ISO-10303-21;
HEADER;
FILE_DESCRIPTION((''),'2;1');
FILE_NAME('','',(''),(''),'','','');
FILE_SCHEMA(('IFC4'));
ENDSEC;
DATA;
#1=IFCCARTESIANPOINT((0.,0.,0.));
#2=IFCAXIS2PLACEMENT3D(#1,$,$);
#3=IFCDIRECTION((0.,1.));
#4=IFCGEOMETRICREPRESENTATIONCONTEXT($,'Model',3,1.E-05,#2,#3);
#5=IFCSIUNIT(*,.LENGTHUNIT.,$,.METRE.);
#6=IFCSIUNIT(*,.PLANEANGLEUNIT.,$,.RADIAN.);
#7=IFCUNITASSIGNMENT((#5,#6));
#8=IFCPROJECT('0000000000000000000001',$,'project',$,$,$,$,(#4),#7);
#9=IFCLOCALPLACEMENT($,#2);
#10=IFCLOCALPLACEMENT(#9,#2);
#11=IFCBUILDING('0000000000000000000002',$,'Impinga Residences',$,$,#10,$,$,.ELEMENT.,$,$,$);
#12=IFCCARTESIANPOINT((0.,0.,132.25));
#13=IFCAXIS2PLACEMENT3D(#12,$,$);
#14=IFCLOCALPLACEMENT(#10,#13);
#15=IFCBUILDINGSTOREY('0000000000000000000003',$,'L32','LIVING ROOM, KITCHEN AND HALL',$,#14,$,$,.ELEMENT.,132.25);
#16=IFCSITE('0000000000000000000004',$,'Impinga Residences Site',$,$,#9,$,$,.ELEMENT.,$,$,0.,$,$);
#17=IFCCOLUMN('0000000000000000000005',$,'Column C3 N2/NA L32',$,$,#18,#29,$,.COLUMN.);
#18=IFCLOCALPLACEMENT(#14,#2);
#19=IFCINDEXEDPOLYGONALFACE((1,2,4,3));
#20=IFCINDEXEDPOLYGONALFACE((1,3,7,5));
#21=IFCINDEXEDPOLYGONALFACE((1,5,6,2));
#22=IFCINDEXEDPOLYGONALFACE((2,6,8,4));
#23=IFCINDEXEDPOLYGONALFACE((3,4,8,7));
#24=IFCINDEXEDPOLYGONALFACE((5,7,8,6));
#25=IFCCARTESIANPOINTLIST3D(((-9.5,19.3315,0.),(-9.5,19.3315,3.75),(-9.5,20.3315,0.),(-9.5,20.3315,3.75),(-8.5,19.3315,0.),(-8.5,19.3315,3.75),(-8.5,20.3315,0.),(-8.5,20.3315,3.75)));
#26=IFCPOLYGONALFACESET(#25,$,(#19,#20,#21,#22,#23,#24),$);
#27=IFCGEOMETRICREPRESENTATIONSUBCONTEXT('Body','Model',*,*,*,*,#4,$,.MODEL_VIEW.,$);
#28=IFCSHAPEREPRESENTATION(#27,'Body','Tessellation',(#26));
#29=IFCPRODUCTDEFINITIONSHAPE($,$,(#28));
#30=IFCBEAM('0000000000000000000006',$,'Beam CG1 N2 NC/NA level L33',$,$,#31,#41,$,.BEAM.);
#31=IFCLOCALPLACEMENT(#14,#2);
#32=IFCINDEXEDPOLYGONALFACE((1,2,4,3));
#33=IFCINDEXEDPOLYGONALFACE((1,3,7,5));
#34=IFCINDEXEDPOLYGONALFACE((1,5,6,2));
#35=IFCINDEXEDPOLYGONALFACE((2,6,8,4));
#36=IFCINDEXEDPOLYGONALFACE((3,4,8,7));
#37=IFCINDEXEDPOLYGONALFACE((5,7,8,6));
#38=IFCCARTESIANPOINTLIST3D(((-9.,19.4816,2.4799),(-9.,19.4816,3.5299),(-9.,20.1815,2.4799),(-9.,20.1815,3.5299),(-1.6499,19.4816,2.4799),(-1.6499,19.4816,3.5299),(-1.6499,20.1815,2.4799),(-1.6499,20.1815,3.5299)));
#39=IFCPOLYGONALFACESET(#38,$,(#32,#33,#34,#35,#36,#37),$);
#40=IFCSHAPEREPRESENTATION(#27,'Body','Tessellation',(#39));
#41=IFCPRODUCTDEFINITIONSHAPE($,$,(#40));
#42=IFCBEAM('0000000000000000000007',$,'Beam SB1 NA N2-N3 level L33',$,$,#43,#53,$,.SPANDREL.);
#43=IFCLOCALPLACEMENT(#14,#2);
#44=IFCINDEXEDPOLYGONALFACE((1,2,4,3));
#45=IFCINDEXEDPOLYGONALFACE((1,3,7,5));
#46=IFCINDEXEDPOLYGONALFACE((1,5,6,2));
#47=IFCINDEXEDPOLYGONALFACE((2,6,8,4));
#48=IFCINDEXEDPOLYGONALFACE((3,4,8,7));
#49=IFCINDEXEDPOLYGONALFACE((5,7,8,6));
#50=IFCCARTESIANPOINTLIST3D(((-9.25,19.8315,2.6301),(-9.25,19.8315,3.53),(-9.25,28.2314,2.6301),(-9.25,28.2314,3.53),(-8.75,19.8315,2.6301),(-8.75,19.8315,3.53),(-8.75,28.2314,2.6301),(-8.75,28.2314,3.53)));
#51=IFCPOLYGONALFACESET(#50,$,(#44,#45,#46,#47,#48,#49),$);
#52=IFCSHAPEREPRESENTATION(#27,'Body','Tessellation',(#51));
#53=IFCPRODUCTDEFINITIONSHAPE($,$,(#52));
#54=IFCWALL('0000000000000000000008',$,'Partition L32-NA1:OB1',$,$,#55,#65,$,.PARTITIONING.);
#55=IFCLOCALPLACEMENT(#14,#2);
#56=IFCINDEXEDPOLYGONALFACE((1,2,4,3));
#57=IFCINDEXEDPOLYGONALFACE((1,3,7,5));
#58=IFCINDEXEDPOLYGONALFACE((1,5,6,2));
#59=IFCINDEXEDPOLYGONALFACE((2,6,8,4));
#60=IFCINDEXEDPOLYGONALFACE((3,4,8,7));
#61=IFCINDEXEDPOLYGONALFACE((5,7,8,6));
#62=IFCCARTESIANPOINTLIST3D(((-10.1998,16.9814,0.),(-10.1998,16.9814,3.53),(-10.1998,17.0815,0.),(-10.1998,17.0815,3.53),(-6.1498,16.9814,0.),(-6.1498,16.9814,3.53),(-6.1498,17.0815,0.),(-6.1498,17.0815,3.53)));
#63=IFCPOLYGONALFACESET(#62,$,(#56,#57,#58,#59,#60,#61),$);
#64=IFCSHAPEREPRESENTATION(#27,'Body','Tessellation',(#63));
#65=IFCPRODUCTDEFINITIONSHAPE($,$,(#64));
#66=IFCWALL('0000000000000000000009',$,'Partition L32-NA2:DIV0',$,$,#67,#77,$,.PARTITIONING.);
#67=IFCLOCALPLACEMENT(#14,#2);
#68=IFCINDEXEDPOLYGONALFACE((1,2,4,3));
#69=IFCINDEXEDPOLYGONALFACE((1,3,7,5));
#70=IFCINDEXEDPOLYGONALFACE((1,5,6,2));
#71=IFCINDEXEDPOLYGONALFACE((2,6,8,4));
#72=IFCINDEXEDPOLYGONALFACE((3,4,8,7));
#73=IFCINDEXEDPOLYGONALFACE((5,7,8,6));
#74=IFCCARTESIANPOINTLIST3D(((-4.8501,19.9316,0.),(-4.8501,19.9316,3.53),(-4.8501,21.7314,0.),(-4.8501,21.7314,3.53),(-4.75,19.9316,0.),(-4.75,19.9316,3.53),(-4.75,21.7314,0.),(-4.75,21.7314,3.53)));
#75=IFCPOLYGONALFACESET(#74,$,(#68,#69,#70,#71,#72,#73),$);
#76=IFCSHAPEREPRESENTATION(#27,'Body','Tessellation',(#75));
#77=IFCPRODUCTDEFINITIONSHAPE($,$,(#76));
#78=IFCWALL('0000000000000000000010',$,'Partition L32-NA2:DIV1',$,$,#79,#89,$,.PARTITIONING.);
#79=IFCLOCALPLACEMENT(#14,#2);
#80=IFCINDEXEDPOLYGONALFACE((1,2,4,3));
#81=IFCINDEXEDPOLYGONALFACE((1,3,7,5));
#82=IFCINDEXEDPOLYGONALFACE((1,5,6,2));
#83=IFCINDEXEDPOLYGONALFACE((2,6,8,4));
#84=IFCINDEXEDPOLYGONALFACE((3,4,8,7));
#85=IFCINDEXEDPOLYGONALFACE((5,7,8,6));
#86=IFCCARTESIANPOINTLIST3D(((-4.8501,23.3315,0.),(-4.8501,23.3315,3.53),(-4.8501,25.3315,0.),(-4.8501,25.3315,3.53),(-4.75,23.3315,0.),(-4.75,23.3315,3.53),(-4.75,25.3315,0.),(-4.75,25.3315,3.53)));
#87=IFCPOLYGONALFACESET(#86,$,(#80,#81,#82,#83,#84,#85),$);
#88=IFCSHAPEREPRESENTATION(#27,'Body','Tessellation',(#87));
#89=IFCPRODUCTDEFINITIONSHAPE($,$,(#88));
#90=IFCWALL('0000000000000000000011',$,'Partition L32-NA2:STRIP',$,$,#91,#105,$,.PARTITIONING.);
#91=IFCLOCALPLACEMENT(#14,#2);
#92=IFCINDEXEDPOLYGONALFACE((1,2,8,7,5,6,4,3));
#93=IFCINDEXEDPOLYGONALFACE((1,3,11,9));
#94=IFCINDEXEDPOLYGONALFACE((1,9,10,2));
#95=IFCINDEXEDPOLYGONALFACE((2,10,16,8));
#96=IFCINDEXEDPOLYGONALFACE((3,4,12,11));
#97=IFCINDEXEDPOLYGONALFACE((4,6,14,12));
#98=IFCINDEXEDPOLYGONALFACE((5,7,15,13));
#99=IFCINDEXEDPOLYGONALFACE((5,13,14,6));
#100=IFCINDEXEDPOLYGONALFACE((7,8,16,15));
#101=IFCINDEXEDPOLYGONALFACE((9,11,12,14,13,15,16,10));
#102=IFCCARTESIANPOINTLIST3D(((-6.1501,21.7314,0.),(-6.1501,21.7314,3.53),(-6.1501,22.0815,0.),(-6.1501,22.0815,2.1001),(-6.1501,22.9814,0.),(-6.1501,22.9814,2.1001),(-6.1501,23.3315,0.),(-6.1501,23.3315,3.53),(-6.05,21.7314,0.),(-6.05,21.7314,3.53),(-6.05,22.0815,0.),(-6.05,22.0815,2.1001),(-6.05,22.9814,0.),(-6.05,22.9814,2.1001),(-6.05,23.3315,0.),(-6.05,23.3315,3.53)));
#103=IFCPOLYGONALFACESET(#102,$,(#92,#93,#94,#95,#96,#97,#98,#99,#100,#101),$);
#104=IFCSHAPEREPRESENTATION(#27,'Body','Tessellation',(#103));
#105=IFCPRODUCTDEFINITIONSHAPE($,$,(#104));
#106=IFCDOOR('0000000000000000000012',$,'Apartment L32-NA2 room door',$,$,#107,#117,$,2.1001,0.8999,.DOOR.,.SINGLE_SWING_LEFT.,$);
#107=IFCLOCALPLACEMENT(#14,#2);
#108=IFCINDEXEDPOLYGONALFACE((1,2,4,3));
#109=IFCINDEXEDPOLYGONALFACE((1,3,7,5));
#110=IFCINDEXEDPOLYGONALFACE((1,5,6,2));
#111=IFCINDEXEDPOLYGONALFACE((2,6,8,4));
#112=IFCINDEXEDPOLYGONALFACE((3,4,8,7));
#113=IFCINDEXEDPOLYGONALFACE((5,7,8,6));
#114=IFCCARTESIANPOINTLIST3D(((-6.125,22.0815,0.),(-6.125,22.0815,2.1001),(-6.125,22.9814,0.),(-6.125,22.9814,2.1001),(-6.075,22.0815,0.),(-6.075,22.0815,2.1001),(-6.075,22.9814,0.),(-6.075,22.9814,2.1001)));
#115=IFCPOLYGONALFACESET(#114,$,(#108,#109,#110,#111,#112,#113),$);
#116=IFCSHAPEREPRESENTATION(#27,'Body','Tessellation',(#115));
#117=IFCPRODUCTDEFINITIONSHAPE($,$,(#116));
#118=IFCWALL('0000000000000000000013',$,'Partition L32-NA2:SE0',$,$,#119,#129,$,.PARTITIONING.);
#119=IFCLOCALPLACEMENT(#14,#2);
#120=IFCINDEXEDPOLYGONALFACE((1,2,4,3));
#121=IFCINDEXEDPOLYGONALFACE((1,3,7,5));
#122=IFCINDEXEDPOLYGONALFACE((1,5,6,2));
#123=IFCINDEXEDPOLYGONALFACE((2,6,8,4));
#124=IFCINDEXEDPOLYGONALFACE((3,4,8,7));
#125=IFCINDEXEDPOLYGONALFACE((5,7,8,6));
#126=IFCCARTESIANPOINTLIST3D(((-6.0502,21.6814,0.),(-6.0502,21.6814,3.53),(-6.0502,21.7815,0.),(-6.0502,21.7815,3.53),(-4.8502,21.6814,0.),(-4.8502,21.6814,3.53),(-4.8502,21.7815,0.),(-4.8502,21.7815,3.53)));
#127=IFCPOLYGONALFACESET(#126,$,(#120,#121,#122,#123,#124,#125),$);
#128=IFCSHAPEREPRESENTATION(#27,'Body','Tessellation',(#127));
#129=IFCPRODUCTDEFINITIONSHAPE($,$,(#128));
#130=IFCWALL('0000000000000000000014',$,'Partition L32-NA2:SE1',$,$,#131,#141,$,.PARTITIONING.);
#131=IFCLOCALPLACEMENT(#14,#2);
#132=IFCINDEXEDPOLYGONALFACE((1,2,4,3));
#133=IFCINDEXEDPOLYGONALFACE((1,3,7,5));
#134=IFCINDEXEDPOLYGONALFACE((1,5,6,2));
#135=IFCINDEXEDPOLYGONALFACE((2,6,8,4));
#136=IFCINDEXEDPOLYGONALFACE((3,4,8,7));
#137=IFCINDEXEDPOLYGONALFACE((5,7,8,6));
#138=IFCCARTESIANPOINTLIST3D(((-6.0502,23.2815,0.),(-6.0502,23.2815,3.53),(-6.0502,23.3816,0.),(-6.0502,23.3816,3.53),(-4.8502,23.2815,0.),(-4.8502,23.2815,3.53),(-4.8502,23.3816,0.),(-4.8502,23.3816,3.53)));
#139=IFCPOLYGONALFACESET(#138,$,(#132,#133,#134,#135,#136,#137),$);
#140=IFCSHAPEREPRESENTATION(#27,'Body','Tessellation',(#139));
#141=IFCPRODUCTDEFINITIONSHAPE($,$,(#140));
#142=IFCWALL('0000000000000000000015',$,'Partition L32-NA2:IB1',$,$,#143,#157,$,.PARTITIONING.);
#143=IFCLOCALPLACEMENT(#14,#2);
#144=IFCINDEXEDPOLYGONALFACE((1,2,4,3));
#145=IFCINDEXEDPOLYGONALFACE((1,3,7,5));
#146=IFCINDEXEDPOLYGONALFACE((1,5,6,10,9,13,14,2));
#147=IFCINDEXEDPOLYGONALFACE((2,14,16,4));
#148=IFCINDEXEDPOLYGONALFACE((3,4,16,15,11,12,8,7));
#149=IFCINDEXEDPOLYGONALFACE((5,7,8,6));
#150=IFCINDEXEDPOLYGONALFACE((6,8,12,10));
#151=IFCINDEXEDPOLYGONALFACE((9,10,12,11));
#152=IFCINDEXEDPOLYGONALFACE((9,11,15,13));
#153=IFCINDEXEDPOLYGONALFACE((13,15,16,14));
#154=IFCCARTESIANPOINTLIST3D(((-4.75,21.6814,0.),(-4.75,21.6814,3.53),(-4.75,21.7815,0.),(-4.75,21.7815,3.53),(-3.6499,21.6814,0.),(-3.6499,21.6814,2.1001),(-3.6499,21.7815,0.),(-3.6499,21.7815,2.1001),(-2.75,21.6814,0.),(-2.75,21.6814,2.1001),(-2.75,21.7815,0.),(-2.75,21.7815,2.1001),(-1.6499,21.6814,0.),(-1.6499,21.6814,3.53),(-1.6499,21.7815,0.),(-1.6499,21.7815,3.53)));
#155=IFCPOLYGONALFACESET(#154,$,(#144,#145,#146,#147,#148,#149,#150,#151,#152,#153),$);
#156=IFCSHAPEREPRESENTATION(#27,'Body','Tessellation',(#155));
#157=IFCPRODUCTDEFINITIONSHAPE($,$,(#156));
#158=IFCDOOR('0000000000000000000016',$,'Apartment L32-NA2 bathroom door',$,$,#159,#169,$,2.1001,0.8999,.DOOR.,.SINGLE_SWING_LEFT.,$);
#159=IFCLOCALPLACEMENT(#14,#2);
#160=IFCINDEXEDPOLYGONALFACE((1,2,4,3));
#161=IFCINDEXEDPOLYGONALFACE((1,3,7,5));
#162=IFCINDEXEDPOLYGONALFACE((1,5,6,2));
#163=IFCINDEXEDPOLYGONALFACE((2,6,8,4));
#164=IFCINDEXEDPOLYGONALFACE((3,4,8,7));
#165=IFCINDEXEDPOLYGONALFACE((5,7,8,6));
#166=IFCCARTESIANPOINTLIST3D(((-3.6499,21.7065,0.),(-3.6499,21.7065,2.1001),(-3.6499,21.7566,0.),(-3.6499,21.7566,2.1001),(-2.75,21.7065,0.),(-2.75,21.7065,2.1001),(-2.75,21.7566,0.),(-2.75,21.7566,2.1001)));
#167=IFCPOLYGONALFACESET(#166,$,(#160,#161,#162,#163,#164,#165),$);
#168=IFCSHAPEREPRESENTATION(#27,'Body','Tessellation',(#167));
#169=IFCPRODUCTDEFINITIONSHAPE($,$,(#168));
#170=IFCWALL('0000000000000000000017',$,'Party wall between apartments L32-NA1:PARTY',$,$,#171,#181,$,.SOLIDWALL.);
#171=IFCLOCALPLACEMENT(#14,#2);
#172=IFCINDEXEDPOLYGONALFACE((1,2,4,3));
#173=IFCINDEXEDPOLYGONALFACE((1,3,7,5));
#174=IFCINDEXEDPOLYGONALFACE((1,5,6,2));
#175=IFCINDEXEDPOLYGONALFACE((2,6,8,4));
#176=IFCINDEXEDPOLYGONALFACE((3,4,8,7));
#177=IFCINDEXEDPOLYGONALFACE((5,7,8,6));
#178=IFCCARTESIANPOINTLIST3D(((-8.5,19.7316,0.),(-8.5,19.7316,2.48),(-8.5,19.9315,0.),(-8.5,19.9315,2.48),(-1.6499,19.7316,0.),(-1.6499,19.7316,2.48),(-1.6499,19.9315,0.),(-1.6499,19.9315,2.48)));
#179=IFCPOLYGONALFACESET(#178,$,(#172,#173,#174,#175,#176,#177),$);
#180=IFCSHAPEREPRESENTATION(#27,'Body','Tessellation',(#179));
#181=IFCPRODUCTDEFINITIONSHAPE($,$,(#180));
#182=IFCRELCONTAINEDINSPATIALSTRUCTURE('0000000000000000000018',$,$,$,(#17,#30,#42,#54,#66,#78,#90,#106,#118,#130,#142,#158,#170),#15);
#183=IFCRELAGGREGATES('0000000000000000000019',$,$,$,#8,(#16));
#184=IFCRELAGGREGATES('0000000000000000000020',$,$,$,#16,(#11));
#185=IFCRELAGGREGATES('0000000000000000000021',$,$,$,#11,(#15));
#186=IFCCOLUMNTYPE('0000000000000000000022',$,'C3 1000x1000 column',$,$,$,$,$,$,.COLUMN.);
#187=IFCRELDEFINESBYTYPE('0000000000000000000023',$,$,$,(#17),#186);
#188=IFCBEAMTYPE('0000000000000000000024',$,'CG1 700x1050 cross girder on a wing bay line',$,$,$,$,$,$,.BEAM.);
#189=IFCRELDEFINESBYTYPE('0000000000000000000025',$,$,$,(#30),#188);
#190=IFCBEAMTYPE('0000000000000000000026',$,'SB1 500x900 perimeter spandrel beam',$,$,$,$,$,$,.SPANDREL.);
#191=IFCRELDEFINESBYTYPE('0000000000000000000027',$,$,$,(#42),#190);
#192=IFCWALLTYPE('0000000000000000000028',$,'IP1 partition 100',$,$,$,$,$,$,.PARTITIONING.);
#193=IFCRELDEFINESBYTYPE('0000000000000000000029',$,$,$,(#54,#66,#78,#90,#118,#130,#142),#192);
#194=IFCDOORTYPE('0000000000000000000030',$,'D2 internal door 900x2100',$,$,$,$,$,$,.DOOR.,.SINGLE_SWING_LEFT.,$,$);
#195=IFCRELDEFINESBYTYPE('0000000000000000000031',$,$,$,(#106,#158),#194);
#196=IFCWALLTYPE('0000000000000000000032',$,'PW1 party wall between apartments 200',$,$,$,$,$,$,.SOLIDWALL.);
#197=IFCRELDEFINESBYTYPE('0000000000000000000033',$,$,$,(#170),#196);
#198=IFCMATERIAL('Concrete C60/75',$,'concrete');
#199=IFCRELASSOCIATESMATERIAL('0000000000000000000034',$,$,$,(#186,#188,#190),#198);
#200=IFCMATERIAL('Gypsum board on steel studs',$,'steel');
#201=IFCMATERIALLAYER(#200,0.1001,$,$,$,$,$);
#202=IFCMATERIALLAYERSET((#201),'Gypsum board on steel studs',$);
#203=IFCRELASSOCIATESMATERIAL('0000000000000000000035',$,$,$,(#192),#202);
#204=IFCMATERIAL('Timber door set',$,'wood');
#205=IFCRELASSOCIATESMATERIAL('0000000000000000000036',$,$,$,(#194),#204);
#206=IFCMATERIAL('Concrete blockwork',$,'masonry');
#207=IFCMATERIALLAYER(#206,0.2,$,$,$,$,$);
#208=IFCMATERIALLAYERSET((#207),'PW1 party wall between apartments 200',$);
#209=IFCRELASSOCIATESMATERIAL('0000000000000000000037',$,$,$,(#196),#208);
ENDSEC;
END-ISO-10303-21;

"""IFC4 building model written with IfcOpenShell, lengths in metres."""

from ifc_helpers import new_model, si_unit, direction, frame, frame_2d, origin, origin_2d, place, context, subcontext, project, spatial, rectangle, extrude, material, layer, layer_set, material_profile, profile_set, type_object, element, fill, save


model = new_model("IFC4")

# Units and contexts
model_context = context("Model", 3, precision=1e-05, world=origin(), true_north=direction((0.0, 1.0)))
body_context = subcontext(model_context, "Body", "Model", "MODEL_VIEW")
ifc_project = project(units=[si_unit("LENGTHUNIT", "METRE"), si_unit("PLANEANGLEUNIT", "RADIAN")], contexts=[model_context])

# Site, building, storey
site_placement = place(None, origin())
site = spatial("IfcSite", under=ifc_project, at=site_placement, Name="Impinga Residences Site", CompositionType="ELEMENT", RefElevation=0.0)
building_placement = place(site_placement, origin())
building = spatial("IfcBuilding", under=site, at=building_placement, Name="Impinga Residences", CompositionType="ELEMENT")
storey_placement = place(building_placement, frame((0.0, 0.0, 132.25)))
storey = spatial("IfcBuildingStorey", under=building, at=storey_placement, Name="L32", Description="LIVING ROOM, KITCHEN AND HALL", CompositionType="ELEMENT", Elevation=132.25)

# Column
ifc_material_1 = material(Name="Concrete C60/75", Category="concrete")
ifc_material_profile_1 = material_profile(ifc_material_1, rectangle(XDim=1.0, YDim=1.0, at=origin_2d()), Name="RC 1000x1000")
ifc_profile_set_1 = profile_set([ifc_material_profile_1], Name="Concrete C60/75")
column_type = type_object("IfcColumnType", Name="C3 1000x1000 column", PredefinedType="COLUMN", material=ifc_profile_set_1)
column_placement = place(storey_placement, frame((-9.0, 19.8315, 0.0), z_axis=(0.0, 0.0, 1.0), x_axis=(1.0, 0.0, 0.0)))
element("IfcColumn", 1, at=column_placement, inside=storey, type_object=column_type, Name="Column C3 N2/NA L32", PredefinedType="COLUMN", context=body_context, shape_type="SweptSolid", body=[
    extrude(rectangle(XDim=1.0, YDim=1.0, at=origin_2d()), origin(), (0.0, 0.0, 1.0), 3.75),
])

# Beams
ifc_material_profile_2 = material_profile(ifc_material_1, rectangle(XDim=0.7, YDim=1.05, at=origin_2d()), Name="RC 700x1050")
ifc_profile_set_2 = profile_set([ifc_material_profile_2], Name="Concrete C60/75")
beam_type_1 = type_object("IfcBeamType", Name="CG1 700x1050 cross girder on a wing bay line", PredefinedType="BEAM", material=ifc_profile_set_2)
beam_1_placement = place(storey_placement, frame((-1.6499, 19.8315, 3.0049), z_axis=(-1.0, 0.0, 0.0), x_axis=(0.0, -1.0, 0.0)))
element("IfcBeam", 2, at=beam_1_placement, inside=storey, type_object=beam_type_1, Name="Beam CG1 N2 NC/NA level L33", PredefinedType="BEAM", context=body_context, shape_type="SweptSolid", body=[
    extrude(rectangle(XDim=0.7, YDim=1.05, at=origin_2d()), origin(), (0.0, 0.0, 1.0), 7.3501),
])
ifc_material_profile_3 = material_profile(ifc_material_1, rectangle(XDim=0.5, YDim=0.8999, at=origin_2d()), Name="RC 500x900")
ifc_profile_set_3 = profile_set([ifc_material_profile_3], Name="Concrete C60/75")
beam_type_2 = type_object("IfcBeamType", Name="SB1 500x900 perimeter spandrel beam", PredefinedType="SPANDREL", material=ifc_profile_set_3)
beam_2_placement = place(storey_placement, frame((-9.0, 19.8315, 3.0801), z_axis=(0.0, 1.0, 0.0), x_axis=(-1.0, 0.0, 0.0)))
element("IfcBeam", 3, at=beam_2_placement, inside=storey, type_object=beam_type_2, Name="Beam SB1 NA N2-N3 level L33", PredefinedType="SPANDREL", context=body_context, shape_type="SweptSolid", body=[
    extrude(rectangle(XDim=0.5, YDim=0.8999, at=origin_2d()), origin(), (0.0, 0.0, 1.0), 8.3999),
])

# Walls
ifc_material_2 = material(Name="Gypsum board on steel studs", Category="steel")
ifc_layer_1 = layer(ifc_material_2, 0.1001)
ifc_layer_set_1 = layer_set([ifc_layer_1], Name="Gypsum board on steel studs")
wall_type_1 = type_object("IfcWallType", Name="IP1 partition 100", PredefinedType="PARTITIONING", material=ifc_layer_set_1)
wall_1_placement = place(storey_placement, frame((-6.1499, 17.0315, 0.0), z_axis=(0.0, 0.0, 1.0), x_axis=(-1.0, 0.0, 0.0)))
element("IfcWall", 4, at=wall_1_placement, inside=storey, type_object=wall_type_1, Name="Partition L32-NA1:OB1", PredefinedType="PARTITIONING", context=body_context, shape_type="SweptSolid", body=[
    extrude(rectangle(XDim=4.05, YDim=0.1001, at=frame_2d((2.0249, 0.0))), origin(), (0.0, 0.0, 1.0), 3.53),
])
wall_2_placement = place(storey_placement, frame((-4.8, 19.9316, 0.0), z_axis=(0.0, 0.0, 1.0), x_axis=(0.0, 1.0, 0.0)))
element("IfcWall", 5, at=wall_2_placement, inside=storey, type_object=wall_type_1, Name="Partition L32-NA2:DIV0", PredefinedType="PARTITIONING", context=body_context, shape_type="SweptSolid", body=[
    extrude(rectangle(XDim=1.7998, YDim=0.1001, at=frame_2d((0.8999, 0.0))), origin(), (0.0, 0.0, 1.0), 3.53),
])
wall_3_placement = place(storey_placement, frame((-4.8, 23.3315, 0.0), z_axis=(0.0, 0.0, 1.0), x_axis=(0.0, 1.0, 0.0)))
element("IfcWall", 6, at=wall_3_placement, inside=storey, type_object=wall_type_1, Name="Partition L32-NA2:DIV1", PredefinedType="PARTITIONING", context=body_context, shape_type="SweptSolid", body=[
    extrude(rectangle(XDim=2.0, YDim=0.1001, at=frame_2d((1.0, 0.0))), origin(), (0.0, 0.0, 1.0), 3.53),
])

# Wall, opening, door
wall_4_placement = place(storey_placement, frame((-6.1001, 21.7314, 0.0), z_axis=(0.0, 0.0, 1.0), x_axis=(0.0, 1.0, 0.0)))
wall_4 = element("IfcWall", 7, at=wall_4_placement, inside=storey, type_object=wall_type_1, Name="Partition L32-NA2:STRIP", PredefinedType="PARTITIONING", context=body_context, shape_type="SweptSolid", body=[
    extrude(rectangle(XDim=1.6001, YDim=0.1001, at=frame_2d((0.8, 0.0))), origin(), (0.0, 0.0, 1.0), 3.53),
])
opening_1_placement = place(wall_4_placement, frame((0.3501, 0.0, 0.0)))
opening_1 = element("IfcOpeningElement", 8, at=opening_1_placement, cuts=wall_4, PredefinedType="OPENING", context=body_context, shape_type="SweptSolid", body=[
    extrude(rectangle(XDim=0.8999, YDim=2.1001, at=frame_2d((0.45, 1.05))), frame((0.0, 0.0601, 0.0), z_axis=(0.0, -1.0, 0.0), x_axis=(1.0, 0.0, 0.0)), (0.0, 0.0, 1.0), 0.1201),
])
ifc_material_3 = material(Name="Timber door set", Category="wood")
door_type = type_object("IfcDoorType", Name="D2 internal door 900x2100", OperationType="SINGLE_SWING_LEFT", PredefinedType="DOOR", material=ifc_material_3)
door_1_placement = place(opening_1_placement, origin())
door_1 = element("IfcDoor", 9, at=door_1_placement, inside=storey, type_object=door_type, Name="Apartment L32-NA2 room door", OperationType="SINGLE_SWING_LEFT", OverallHeight=2.1001, OverallWidth=0.8999, PredefinedType="DOOR", context=body_context, shape_type="SweptSolid", body=[
    extrude(rectangle(XDim=0.8999, YDim=2.1001, at=frame_2d((0.45, 1.05))), frame((0.0, 0.0249, 0.0), z_axis=(0.0, -1.0, 0.0), x_axis=(1.0, 0.0, 0.0)), (0.0, 0.0, 1.0), 0.05),
])
fill(opening_1, door_1)

# Walls
for number, where, z_axis, x_axis, name in (
    (10, (-4.8501, 21.7314, 0.0), (0.0, 0.0, 1.0), (-1.0, 0.0, 0.0), "Partition L32-NA2:SE0"),
    (11, (-4.8501, 23.3315, 0.0), (0.0, 0.0, 1.0), (-1.0, 0.0, 0.0), "Partition L32-NA2:SE1"),
):
    element("IfcWall", number, at=place(storey_placement, frame(where, z_axis=z_axis, x_axis=x_axis)), inside=storey, type_object=wall_type_1, Name=name, PredefinedType="PARTITIONING", context=body_context, shape_type="SweptSolid", body=[
        extrude(rectangle(XDim=1.2, YDim=0.1001, at=frame_2d((0.6001, 0.0))), origin(), (0.0, 0.0, 1.0), 3.53),
    ])

# Wall, opening, door
wall_5_placement = place(storey_placement, frame((-1.6499, 21.7314, 0.0), z_axis=(0.0, 0.0, 1.0), x_axis=(-1.0, 0.0, 0.0)))
wall_5 = element("IfcWall", 12, at=wall_5_placement, inside=storey, type_object=wall_type_1, Name="Partition L32-NA2:IB1", PredefinedType="PARTITIONING", context=body_context, shape_type="SweptSolid", body=[
    extrude(rectangle(XDim=3.1001, YDim=0.1001, at=frame_2d((1.55, 0.0))), origin(), (0.0, 0.0, 1.0), 3.53),
])
opening_2_placement = place(wall_5_placement, frame((1.1001, 0.0, 0.0)))
opening_2 = element("IfcOpeningElement", 13, at=opening_2_placement, cuts=wall_5, PredefinedType="OPENING", context=body_context, shape_type="SweptSolid", body=[
    extrude(rectangle(XDim=0.8999, YDim=2.1001, at=frame_2d((0.45, 1.05))), frame((0.0, 0.0601, 0.0), z_axis=(0.0, -1.0, 0.0), x_axis=(1.0, 0.0, 0.0)), (0.0, 0.0, 1.0), 0.1201),
])
door_2_placement = place(opening_2_placement, origin())
door_2 = element("IfcDoor", 14, at=door_2_placement, inside=storey, type_object=door_type, Name="Apartment L32-NA2 bathroom door", OperationType="SINGLE_SWING_LEFT", OverallHeight=2.1001, OverallWidth=0.8999, PredefinedType="DOOR", context=body_context, shape_type="SweptSolid", body=[
    extrude(rectangle(XDim=0.8999, YDim=2.1001, at=frame_2d((0.45, 1.05))), frame((0.0, 0.0249, 0.0), z_axis=(0.0, -1.0, 0.0), x_axis=(1.0, 0.0, 0.0)), (0.0, 0.0, 1.0), 0.05),
])
fill(opening_2, door_2)

# Wall
ifc_material_4 = material(Name="Concrete blockwork", Category="masonry")
ifc_layer_2 = layer(ifc_material_4, 0.2)
ifc_layer_set_2 = layer_set([ifc_layer_2], Name="PW1 party wall between apartments 200")
wall_type_2 = type_object("IfcWallType", Name="PW1 party wall between apartments 200", PredefinedType="SOLIDWALL", material=ifc_layer_set_2)
wall_6_placement = place(storey_placement, frame((-1.6499, 19.8315, 0.0), z_axis=(0.0, 0.0, 1.0), x_axis=(-1.0, 0.0, 0.0)))
element("IfcWall", 15, at=wall_6_placement, inside=storey, type_object=wall_type_2, Name="Party wall between apartments L32-NA1:PARTY", PredefinedType="SOLIDWALL", context=body_context, shape_type="SweptSolid", body=[
    extrude(rectangle(XDim=6.8501, YDim=0.2, at=frame_2d((3.425, 0.0))), origin(), (0.0, 0.0, 1.0), 2.48),
])

save(model, "model.ifc")
